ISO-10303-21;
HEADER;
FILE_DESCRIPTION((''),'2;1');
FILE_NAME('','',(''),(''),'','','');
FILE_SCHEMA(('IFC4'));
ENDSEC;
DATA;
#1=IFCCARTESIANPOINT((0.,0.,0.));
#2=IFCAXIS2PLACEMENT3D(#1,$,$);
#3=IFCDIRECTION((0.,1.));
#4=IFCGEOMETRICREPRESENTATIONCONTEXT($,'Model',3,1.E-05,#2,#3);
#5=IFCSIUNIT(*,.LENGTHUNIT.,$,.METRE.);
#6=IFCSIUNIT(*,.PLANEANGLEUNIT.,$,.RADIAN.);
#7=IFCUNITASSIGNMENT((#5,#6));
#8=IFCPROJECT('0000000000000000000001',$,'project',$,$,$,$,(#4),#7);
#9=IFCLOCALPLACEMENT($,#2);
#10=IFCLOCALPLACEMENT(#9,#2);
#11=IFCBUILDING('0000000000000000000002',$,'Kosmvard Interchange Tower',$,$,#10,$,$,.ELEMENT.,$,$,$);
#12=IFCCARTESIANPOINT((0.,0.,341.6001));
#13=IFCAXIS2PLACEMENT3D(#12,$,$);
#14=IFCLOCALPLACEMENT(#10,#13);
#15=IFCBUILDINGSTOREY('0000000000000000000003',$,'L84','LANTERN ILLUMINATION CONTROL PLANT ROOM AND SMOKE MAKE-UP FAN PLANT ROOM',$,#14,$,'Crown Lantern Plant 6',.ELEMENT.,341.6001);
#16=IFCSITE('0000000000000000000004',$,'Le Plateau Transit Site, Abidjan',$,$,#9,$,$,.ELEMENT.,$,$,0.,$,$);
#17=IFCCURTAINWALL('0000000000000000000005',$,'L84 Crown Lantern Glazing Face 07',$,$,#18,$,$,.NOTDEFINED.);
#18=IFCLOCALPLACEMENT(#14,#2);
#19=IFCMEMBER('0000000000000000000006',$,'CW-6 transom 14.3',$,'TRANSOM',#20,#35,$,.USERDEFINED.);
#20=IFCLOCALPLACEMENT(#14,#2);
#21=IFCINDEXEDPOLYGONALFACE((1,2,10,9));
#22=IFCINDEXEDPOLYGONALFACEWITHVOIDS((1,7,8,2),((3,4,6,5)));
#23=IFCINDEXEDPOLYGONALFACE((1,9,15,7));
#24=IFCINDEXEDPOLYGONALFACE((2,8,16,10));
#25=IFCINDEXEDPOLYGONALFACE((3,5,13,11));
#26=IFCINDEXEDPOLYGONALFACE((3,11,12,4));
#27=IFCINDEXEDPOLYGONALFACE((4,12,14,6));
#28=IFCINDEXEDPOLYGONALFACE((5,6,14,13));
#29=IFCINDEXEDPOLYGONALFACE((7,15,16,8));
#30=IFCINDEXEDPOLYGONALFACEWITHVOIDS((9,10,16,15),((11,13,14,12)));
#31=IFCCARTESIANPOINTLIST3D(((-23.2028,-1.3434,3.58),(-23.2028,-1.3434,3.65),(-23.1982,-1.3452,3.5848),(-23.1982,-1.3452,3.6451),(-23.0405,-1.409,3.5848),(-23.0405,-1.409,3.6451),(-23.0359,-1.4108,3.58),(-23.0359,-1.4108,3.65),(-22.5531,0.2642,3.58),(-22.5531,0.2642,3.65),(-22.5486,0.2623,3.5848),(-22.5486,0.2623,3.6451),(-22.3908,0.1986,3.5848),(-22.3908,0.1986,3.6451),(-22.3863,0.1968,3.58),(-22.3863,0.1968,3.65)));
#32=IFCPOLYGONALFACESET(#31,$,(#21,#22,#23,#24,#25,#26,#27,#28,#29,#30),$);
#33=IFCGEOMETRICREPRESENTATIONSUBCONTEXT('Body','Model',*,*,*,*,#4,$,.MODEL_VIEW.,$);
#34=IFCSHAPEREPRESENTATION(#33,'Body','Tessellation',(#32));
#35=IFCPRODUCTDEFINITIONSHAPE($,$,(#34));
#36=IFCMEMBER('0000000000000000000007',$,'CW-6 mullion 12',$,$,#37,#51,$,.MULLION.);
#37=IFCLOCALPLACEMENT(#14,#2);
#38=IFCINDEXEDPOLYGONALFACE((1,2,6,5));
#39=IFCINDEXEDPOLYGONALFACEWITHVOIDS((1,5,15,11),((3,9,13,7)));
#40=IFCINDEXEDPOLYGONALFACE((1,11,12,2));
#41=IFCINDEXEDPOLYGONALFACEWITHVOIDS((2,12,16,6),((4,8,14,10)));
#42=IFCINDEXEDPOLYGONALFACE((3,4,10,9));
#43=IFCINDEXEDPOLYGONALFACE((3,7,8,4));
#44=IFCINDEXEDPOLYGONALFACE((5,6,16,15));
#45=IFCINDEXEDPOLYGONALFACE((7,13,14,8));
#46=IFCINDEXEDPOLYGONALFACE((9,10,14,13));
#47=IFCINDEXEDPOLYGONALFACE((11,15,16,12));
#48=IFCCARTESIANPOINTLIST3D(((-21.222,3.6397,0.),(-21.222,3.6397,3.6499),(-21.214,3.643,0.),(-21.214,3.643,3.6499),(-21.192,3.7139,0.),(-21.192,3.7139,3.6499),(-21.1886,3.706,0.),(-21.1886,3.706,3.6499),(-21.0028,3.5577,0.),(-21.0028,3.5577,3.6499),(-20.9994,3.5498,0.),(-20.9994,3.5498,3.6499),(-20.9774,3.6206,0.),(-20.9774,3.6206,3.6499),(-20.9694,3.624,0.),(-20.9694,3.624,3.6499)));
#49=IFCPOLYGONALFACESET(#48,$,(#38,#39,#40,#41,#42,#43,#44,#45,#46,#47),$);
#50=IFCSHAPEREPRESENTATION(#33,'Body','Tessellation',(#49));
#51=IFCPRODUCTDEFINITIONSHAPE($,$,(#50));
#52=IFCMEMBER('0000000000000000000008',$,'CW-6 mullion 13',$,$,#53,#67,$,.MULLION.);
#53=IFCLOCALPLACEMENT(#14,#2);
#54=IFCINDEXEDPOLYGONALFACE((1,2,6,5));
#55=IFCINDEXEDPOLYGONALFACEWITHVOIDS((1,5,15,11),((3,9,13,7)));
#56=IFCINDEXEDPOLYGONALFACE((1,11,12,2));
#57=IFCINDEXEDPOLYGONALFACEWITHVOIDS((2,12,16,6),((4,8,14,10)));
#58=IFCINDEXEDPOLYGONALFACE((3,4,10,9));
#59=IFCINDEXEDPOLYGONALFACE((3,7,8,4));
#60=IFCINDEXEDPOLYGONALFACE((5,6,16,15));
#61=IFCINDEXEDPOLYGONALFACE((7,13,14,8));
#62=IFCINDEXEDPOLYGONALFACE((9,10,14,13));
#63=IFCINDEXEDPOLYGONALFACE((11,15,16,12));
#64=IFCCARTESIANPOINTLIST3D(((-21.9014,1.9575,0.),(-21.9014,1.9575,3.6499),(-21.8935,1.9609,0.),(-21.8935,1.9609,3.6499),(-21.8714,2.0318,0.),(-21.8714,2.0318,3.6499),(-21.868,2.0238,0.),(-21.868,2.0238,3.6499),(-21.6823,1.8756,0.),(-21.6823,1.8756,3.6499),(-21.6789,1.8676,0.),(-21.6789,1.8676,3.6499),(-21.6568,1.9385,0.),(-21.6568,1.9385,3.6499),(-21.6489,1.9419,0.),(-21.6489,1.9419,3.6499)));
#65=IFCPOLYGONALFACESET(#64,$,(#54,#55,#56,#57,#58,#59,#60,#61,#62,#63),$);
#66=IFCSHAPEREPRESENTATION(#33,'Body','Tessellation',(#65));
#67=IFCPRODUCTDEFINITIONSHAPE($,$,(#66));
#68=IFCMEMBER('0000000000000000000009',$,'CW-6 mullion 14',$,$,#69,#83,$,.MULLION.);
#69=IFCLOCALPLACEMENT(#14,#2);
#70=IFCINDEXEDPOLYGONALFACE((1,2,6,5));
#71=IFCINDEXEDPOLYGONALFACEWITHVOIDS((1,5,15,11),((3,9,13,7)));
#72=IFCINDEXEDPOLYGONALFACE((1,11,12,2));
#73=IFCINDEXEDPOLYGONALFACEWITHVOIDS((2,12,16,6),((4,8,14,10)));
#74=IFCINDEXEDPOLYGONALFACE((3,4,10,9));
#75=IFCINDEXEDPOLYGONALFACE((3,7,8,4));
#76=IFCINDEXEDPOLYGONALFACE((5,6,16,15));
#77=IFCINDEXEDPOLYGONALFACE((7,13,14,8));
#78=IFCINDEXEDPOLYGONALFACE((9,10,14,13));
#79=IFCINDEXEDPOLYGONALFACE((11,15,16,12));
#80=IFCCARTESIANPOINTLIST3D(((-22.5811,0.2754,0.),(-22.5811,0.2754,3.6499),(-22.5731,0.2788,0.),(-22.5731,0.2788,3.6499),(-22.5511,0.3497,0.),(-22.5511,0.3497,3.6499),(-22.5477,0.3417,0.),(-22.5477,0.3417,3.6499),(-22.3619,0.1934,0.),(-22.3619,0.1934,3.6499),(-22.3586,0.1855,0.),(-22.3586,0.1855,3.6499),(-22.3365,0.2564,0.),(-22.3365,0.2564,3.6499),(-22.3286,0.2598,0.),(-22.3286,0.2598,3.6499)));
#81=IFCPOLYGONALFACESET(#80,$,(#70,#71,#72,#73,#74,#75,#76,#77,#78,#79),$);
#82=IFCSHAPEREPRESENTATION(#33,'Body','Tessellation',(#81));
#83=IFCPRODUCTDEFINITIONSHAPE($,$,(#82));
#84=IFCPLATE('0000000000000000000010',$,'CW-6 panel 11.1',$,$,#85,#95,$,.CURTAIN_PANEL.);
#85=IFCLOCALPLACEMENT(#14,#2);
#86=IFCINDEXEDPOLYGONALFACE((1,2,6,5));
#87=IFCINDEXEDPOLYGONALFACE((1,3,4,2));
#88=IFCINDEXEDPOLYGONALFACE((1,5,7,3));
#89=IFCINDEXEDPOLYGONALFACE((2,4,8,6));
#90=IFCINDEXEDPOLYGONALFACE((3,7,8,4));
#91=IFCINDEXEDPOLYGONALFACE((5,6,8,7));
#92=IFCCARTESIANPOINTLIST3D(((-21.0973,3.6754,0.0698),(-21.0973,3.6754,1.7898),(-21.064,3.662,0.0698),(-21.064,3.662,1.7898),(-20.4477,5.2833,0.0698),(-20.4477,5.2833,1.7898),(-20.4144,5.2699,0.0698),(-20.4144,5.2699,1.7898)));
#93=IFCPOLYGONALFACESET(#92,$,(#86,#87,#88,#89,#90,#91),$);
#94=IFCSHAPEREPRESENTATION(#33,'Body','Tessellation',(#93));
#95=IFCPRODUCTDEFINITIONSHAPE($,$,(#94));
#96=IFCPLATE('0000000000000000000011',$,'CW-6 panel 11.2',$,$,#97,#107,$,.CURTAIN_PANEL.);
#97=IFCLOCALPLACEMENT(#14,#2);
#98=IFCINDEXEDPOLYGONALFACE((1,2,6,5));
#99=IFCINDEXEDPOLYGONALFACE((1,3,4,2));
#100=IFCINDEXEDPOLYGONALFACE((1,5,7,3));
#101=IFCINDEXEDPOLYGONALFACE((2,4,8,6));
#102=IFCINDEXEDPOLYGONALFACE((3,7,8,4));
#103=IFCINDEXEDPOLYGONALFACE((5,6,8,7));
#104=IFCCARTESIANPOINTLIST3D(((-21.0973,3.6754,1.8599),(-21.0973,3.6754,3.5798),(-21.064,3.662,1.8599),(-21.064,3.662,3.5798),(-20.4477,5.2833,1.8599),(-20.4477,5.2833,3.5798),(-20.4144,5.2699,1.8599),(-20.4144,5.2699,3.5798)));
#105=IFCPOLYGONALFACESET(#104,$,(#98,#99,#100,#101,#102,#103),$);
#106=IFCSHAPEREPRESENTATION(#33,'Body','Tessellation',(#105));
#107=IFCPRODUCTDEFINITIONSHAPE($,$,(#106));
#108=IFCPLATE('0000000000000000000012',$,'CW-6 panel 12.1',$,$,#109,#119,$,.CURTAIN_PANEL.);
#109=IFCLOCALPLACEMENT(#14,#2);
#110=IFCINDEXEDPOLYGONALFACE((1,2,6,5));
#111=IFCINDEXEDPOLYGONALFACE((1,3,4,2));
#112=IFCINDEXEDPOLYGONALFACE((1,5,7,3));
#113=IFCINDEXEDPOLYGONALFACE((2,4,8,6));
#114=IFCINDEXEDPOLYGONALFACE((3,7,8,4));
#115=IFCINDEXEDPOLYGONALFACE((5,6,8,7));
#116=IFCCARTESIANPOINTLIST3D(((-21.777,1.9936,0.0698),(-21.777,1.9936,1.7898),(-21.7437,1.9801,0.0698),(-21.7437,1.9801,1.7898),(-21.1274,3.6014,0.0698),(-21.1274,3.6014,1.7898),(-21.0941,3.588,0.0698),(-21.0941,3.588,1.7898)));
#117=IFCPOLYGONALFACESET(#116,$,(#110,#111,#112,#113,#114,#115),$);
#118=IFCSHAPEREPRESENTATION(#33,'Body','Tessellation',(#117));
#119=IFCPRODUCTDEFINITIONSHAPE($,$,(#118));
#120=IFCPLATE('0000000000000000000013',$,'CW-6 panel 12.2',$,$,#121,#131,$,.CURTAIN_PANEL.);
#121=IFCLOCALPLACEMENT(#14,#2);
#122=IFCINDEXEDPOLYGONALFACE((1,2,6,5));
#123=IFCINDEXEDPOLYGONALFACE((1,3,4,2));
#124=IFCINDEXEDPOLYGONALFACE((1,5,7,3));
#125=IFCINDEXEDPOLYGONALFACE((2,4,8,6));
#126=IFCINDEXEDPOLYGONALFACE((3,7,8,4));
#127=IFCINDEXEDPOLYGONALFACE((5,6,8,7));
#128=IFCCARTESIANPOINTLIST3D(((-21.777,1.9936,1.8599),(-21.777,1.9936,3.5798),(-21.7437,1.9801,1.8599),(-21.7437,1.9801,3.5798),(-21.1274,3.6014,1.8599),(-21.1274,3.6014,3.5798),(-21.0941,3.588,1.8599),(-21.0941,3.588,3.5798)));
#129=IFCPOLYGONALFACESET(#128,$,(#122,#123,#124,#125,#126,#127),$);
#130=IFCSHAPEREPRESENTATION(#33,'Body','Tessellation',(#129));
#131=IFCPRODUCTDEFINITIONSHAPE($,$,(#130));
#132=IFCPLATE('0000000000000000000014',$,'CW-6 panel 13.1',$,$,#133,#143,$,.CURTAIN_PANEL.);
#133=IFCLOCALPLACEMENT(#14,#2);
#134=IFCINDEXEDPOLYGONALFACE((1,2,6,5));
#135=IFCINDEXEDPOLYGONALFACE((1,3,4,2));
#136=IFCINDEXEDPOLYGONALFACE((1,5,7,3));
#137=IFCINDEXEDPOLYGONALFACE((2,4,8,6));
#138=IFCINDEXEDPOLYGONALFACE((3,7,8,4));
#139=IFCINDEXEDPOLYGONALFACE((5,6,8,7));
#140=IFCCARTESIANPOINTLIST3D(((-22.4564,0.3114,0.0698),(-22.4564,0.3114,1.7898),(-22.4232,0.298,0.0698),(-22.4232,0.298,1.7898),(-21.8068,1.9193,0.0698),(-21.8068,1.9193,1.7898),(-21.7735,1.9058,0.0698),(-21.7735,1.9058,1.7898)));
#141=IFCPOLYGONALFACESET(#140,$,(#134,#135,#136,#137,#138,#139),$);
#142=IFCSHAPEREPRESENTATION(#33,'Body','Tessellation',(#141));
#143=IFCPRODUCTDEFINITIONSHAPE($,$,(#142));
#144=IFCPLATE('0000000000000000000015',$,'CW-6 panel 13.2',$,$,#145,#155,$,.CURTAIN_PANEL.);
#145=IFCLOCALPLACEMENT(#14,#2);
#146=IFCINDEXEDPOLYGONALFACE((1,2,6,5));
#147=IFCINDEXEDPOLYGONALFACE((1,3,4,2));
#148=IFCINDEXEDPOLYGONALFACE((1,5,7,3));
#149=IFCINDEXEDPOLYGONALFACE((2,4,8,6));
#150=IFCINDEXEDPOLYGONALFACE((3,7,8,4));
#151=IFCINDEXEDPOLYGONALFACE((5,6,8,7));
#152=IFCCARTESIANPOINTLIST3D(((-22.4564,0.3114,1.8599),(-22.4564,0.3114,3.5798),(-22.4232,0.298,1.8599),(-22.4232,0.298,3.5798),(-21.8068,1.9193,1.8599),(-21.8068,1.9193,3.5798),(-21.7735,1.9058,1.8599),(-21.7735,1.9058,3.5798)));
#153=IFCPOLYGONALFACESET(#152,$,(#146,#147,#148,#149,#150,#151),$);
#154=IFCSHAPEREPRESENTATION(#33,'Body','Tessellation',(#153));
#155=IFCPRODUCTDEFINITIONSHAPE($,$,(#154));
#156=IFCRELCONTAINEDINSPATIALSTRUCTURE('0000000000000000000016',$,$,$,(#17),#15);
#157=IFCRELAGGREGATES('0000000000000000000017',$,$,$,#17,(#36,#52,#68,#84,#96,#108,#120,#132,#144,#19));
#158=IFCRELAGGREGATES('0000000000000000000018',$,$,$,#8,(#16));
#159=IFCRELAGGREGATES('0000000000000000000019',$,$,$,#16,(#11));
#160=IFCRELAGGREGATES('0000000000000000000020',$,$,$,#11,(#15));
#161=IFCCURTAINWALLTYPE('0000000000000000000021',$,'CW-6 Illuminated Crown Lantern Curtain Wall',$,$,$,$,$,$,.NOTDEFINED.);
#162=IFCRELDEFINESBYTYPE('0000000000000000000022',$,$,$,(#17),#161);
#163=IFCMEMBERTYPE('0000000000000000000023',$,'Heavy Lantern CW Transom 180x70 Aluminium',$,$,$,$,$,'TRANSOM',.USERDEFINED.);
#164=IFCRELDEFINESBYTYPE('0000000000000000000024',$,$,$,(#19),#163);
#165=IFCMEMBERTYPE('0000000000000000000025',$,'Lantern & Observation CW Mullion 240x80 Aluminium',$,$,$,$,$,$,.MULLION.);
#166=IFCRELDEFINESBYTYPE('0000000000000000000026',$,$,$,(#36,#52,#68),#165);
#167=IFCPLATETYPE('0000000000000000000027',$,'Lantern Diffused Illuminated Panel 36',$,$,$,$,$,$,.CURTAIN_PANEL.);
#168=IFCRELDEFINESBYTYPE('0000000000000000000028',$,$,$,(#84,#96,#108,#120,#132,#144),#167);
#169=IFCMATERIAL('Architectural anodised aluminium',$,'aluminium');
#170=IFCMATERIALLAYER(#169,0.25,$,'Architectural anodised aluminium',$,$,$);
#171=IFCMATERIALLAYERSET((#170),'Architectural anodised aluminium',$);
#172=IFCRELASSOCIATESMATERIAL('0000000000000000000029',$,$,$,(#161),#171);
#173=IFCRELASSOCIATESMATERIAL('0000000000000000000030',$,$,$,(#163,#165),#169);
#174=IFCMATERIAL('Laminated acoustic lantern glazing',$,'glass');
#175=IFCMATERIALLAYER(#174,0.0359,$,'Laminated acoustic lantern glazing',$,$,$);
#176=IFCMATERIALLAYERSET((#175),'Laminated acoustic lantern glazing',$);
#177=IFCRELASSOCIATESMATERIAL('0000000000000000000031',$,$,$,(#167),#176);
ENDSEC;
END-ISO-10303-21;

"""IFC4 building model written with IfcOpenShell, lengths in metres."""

from ifc_helpers import new_model, si_unit, direction, frame, origin, origin_2d, place, context, subcontext, project, spatial, rectangle, hollow_rectangle, extrude, source, transform, mapped, material, layer, layer_set, material_profile, profile_set, type_object, element, aggregate, save


model = new_model("IFC4")

# Units and contexts
model_context = context("Model", 3, precision=1e-05, world=origin(), true_north=direction((0.0, 1.0)))
body_context = subcontext(model_context, "Body", "Model", "MODEL_VIEW")
ifc_project = project(units=[si_unit("LENGTHUNIT", "METRE"), si_unit("PLANEANGLEUNIT", "RADIAN")], contexts=[model_context])

# Site, building, storey
site_placement = place(None, origin())
site = spatial("IfcSite", under=ifc_project, at=site_placement, Name="Le Plateau Transit Site, Abidjan", CompositionType="ELEMENT", RefElevation=0.0)
building_placement = place(site_placement, origin())
building = spatial("IfcBuilding", under=site, at=building_placement, Name="Kosmvard Interchange Tower", CompositionType="ELEMENT")
storey_placement = place(building_placement, frame((0.0, 0.0, 341.6001)))
storey = spatial("IfcBuildingStorey", under=building, at=storey_placement, Name="L84", Description="LANTERN ILLUMINATION CONTROL PLANT ROOM AND SMOKE MAKE-UP FAN PLANT ROOM", LongName="Crown Lantern Plant 6", CompositionType="ELEMENT", Elevation=341.6001)

# Curtain wall, members, plates
ifc_material_1 = material(Name="Architectural anodised aluminium", Category="aluminium")
ifc_layer_1 = layer(ifc_material_1, 0.25, Name="Architectural anodised aluminium")
ifc_layer_set_1 = layer_set([ifc_layer_1], Name="Architectural anodised aluminium")
curtain_wall_type = type_object("IfcCurtainWallType", Name="CW-6 Illuminated Crown Lantern Curtain Wall", PredefinedType="NOTDEFINED", material=ifc_layer_set_1)
curtain_wall_placement = place(storey_placement, origin())
curtain_wall = element("IfcCurtainWall", 1, at=curtain_wall_placement, inside=storey, type_object=curtain_wall_type, Name="L84 Crown Lantern Glazing Face 07", PredefinedType="NOTDEFINED")
ifc_material_profile_1 = material_profile(ifc_material_1, hollow_rectangle(XDim=0.1799, YDim=0.0701, WallThickness=0.0049, at=origin_2d()), Name="CWT 180x70x5")
ifc_profile_set_1 = profile_set([ifc_material_profile_1], Name="Architectural anodised aluminium")
member_type_1 = type_object("IfcMemberType", Name="Heavy Lantern CW Transom 180x70 Aluminium", ElementType="TRANSOM", PredefinedType="USERDEFINED", material=ifc_profile_set_1)
shared_shape_1 = source(origin(), body_context, "Body", "SweptSolid", [
    extrude(hollow_rectangle(XDim=0.1799, YDim=0.0701, WallThickness=0.0049, at=origin_2d()), origin(), (0.0, 0.0, 1.0), 1.7339),
])
member_1_placement = place(storey_placement, frame((-22.4697, 0.2305, 3.615), z_axis=(-0.374666, -0.92716, 0.0), x_axis=(0.92716, -0.374666, 0.0)))
member_1 = element("IfcMember", 2, at=member_1_placement, type_object=member_type_1, Name="CW-6 transom 14.3", ObjectType="TRANSOM", PredefinedType="USERDEFINED", context=body_context, shape_type="MappedRepresentation", body=[
    mapped(shared_shape_1, transform((0.0, 0.0, 0.0), scale=1.0)),
])
ifc_material_profile_2 = material_profile(ifc_material_1, hollow_rectangle(XDim=0.24, YDim=0.0801, WallThickness=0.0061, at=origin_2d()), Name="CWM 240x80x6")
ifc_profile_set_2 = profile_set([ifc_material_profile_2], Name="Architectural anodised aluminium")
member_type_2 = type_object("IfcMemberType", Name="Lantern & Observation CW Mullion 240x80 Aluminium", PredefinedType="MULLION", material=ifc_profile_set_2)
shared_shape_2 = source(origin(), body_context, "Body", "SweptSolid", [
    extrude(hollow_rectangle(XDim=0.24, YDim=0.0801, WallThickness=0.0061, at=origin_2d()), origin(), (0.0, 0.0, 1.0), 3.6499),
])
member_2_placement = place(storey_placement, frame((-21.0957, 3.6318, 0.0), z_axis=(0.0, 0.0, 1.0), x_axis=(0.927184, -0.374607, 0.0)))
member_2 = element("IfcMember", 3, at=member_2_placement, type_object=member_type_2, Name="CW-6 mullion 12", PredefinedType="MULLION", context=body_context, shape_type="MappedRepresentation", body=[
    mapped(shared_shape_2, transform((0.0, 0.0, 0.0), scale=1.0)),
])
member_3_placement = place(storey_placement, frame((-21.7751, 1.9497, 0.0), z_axis=(0.0, 0.0, 1.0), x_axis=(0.927184, -0.374607, 0.0)))
member_3 = element("IfcMember", 4, at=member_3_placement, type_object=member_type_2, Name="CW-6 mullion 13", PredefinedType="MULLION", context=body_context, shape_type="MappedRepresentation", body=[
    mapped(shared_shape_2, transform((0.0, 0.0, 0.0), scale=1.0)),
])
member_4_placement = place(storey_placement, frame((-22.4548, 0.2676, 0.0), z_axis=(0.0, 0.0, 1.0), x_axis=(0.927184, -0.374607, 0.0)))
member_4 = element("IfcMember", 5, at=member_4_placement, type_object=member_type_2, Name="CW-6 mullion 14", PredefinedType="MULLION", context=body_context, shape_type="MappedRepresentation", body=[
    mapped(shared_shape_2, transform((0.0, 0.0, 0.0), scale=1.0)),
])
ifc_material_2 = material(Name="Laminated acoustic lantern glazing", Category="glass")
ifc_layer_2 = layer(ifc_material_2, 0.0359, Name="Laminated acoustic lantern glazing")
ifc_layer_set_2 = layer_set([ifc_layer_2], Name="Laminated acoustic lantern glazing")
plate_type = type_object("IfcPlateType", Name="Lantern Diffused Illuminated Panel 36", PredefinedType="CURTAIN_PANEL", material=ifc_layer_set_2)
shared_shape_3 = source(origin(), body_context, "Body", "SweptSolid", [
    extrude(rectangle(XDim=1.7341, YDim=0.0359, at=origin_2d()), origin(), (0.0, 0.0, 1.0), 1.72),
])
plate_1_placement = place(storey_placement, frame((-20.7559, 4.4727, 0.0698), z_axis=(0.0, 0.0, 1.0), x_axis=(-0.374607, -0.927184, 0.0)))
plate_1 = element("IfcPlate", 6, at=plate_1_placement, type_object=plate_type, Name="CW-6 panel 11.1", PredefinedType="CURTAIN_PANEL", context=body_context, shape_type="MappedRepresentation", body=[
    mapped(shared_shape_3, transform((0.0, 0.0, 0.0), scale=1.0)),
])
plate_2_placement = place(storey_placement, frame((-20.7559, 4.4727, 1.8599), z_axis=(0.0, 0.0, 1.0), x_axis=(-0.374607, -0.927184, 0.0)))
plate_2 = element("IfcPlate", 7, at=plate_2_placement, type_object=plate_type, Name="CW-6 panel 11.2", PredefinedType="CURTAIN_PANEL", context=body_context, shape_type="MappedRepresentation", body=[
    mapped(shared_shape_3, transform((0.0, 0.0, 0.0), scale=1.0)),
])
plate_3_placement = place(storey_placement, frame((-21.4355, 2.7908, 0.0698), z_axis=(0.0, 0.0, 1.0), x_axis=(-0.374607, -0.927184, 0.0)))
plate_3 = element("IfcPlate", 8, at=plate_3_placement, type_object=plate_type, Name="CW-6 panel 12.1", PredefinedType="CURTAIN_PANEL", context=body_context, shape_type="MappedRepresentation", body=[
    mapped(shared_shape_3, transform((0.0, 0.0, 0.0), scale=1.0)),
])
plate_4_placement = place(storey_placement, frame((-21.4355, 2.7908, 1.8599), z_axis=(0.0, 0.0, 1.0), x_axis=(-0.374607, -0.927184, 0.0)))
plate_4 = element("IfcPlate", 9, at=plate_4_placement, type_object=plate_type, Name="CW-6 panel 12.2", PredefinedType="CURTAIN_PANEL", context=body_context, shape_type="MappedRepresentation", body=[
    mapped(shared_shape_3, transform((0.0, 0.0, 0.0), scale=1.0)),
])
plate_5_placement = place(storey_placement, frame((-22.115, 1.1086, 0.0698), z_axis=(0.0, 0.0, 1.0), x_axis=(-0.374607, -0.927184, 0.0)))
plate_5 = element("IfcPlate", 10, at=plate_5_placement, type_object=plate_type, Name="CW-6 panel 13.1", PredefinedType="CURTAIN_PANEL", context=body_context, shape_type="MappedRepresentation", body=[
    mapped(shared_shape_3, transform((0.0, 0.0, 0.0), scale=1.0)),
])
plate_6_placement = place(storey_placement, frame((-22.115, 1.1086, 1.8599), z_axis=(0.0, 0.0, 1.0), x_axis=(-0.374607, -0.927184, 0.0)))
plate_6 = element("IfcPlate", 11, at=plate_6_placement, type_object=plate_type, Name="CW-6 panel 13.2", PredefinedType="CURTAIN_PANEL", context=body_context, shape_type="MappedRepresentation", body=[
    mapped(shared_shape_3, transform((0.0, 0.0, 0.0), scale=1.0)),
])
aggregate(curtain_wall, [member_2, member_3, member_4, plate_1, plate_2, plate_3, plate_4, plate_5, plate_6, member_1])

save(model, "model.ifc")
